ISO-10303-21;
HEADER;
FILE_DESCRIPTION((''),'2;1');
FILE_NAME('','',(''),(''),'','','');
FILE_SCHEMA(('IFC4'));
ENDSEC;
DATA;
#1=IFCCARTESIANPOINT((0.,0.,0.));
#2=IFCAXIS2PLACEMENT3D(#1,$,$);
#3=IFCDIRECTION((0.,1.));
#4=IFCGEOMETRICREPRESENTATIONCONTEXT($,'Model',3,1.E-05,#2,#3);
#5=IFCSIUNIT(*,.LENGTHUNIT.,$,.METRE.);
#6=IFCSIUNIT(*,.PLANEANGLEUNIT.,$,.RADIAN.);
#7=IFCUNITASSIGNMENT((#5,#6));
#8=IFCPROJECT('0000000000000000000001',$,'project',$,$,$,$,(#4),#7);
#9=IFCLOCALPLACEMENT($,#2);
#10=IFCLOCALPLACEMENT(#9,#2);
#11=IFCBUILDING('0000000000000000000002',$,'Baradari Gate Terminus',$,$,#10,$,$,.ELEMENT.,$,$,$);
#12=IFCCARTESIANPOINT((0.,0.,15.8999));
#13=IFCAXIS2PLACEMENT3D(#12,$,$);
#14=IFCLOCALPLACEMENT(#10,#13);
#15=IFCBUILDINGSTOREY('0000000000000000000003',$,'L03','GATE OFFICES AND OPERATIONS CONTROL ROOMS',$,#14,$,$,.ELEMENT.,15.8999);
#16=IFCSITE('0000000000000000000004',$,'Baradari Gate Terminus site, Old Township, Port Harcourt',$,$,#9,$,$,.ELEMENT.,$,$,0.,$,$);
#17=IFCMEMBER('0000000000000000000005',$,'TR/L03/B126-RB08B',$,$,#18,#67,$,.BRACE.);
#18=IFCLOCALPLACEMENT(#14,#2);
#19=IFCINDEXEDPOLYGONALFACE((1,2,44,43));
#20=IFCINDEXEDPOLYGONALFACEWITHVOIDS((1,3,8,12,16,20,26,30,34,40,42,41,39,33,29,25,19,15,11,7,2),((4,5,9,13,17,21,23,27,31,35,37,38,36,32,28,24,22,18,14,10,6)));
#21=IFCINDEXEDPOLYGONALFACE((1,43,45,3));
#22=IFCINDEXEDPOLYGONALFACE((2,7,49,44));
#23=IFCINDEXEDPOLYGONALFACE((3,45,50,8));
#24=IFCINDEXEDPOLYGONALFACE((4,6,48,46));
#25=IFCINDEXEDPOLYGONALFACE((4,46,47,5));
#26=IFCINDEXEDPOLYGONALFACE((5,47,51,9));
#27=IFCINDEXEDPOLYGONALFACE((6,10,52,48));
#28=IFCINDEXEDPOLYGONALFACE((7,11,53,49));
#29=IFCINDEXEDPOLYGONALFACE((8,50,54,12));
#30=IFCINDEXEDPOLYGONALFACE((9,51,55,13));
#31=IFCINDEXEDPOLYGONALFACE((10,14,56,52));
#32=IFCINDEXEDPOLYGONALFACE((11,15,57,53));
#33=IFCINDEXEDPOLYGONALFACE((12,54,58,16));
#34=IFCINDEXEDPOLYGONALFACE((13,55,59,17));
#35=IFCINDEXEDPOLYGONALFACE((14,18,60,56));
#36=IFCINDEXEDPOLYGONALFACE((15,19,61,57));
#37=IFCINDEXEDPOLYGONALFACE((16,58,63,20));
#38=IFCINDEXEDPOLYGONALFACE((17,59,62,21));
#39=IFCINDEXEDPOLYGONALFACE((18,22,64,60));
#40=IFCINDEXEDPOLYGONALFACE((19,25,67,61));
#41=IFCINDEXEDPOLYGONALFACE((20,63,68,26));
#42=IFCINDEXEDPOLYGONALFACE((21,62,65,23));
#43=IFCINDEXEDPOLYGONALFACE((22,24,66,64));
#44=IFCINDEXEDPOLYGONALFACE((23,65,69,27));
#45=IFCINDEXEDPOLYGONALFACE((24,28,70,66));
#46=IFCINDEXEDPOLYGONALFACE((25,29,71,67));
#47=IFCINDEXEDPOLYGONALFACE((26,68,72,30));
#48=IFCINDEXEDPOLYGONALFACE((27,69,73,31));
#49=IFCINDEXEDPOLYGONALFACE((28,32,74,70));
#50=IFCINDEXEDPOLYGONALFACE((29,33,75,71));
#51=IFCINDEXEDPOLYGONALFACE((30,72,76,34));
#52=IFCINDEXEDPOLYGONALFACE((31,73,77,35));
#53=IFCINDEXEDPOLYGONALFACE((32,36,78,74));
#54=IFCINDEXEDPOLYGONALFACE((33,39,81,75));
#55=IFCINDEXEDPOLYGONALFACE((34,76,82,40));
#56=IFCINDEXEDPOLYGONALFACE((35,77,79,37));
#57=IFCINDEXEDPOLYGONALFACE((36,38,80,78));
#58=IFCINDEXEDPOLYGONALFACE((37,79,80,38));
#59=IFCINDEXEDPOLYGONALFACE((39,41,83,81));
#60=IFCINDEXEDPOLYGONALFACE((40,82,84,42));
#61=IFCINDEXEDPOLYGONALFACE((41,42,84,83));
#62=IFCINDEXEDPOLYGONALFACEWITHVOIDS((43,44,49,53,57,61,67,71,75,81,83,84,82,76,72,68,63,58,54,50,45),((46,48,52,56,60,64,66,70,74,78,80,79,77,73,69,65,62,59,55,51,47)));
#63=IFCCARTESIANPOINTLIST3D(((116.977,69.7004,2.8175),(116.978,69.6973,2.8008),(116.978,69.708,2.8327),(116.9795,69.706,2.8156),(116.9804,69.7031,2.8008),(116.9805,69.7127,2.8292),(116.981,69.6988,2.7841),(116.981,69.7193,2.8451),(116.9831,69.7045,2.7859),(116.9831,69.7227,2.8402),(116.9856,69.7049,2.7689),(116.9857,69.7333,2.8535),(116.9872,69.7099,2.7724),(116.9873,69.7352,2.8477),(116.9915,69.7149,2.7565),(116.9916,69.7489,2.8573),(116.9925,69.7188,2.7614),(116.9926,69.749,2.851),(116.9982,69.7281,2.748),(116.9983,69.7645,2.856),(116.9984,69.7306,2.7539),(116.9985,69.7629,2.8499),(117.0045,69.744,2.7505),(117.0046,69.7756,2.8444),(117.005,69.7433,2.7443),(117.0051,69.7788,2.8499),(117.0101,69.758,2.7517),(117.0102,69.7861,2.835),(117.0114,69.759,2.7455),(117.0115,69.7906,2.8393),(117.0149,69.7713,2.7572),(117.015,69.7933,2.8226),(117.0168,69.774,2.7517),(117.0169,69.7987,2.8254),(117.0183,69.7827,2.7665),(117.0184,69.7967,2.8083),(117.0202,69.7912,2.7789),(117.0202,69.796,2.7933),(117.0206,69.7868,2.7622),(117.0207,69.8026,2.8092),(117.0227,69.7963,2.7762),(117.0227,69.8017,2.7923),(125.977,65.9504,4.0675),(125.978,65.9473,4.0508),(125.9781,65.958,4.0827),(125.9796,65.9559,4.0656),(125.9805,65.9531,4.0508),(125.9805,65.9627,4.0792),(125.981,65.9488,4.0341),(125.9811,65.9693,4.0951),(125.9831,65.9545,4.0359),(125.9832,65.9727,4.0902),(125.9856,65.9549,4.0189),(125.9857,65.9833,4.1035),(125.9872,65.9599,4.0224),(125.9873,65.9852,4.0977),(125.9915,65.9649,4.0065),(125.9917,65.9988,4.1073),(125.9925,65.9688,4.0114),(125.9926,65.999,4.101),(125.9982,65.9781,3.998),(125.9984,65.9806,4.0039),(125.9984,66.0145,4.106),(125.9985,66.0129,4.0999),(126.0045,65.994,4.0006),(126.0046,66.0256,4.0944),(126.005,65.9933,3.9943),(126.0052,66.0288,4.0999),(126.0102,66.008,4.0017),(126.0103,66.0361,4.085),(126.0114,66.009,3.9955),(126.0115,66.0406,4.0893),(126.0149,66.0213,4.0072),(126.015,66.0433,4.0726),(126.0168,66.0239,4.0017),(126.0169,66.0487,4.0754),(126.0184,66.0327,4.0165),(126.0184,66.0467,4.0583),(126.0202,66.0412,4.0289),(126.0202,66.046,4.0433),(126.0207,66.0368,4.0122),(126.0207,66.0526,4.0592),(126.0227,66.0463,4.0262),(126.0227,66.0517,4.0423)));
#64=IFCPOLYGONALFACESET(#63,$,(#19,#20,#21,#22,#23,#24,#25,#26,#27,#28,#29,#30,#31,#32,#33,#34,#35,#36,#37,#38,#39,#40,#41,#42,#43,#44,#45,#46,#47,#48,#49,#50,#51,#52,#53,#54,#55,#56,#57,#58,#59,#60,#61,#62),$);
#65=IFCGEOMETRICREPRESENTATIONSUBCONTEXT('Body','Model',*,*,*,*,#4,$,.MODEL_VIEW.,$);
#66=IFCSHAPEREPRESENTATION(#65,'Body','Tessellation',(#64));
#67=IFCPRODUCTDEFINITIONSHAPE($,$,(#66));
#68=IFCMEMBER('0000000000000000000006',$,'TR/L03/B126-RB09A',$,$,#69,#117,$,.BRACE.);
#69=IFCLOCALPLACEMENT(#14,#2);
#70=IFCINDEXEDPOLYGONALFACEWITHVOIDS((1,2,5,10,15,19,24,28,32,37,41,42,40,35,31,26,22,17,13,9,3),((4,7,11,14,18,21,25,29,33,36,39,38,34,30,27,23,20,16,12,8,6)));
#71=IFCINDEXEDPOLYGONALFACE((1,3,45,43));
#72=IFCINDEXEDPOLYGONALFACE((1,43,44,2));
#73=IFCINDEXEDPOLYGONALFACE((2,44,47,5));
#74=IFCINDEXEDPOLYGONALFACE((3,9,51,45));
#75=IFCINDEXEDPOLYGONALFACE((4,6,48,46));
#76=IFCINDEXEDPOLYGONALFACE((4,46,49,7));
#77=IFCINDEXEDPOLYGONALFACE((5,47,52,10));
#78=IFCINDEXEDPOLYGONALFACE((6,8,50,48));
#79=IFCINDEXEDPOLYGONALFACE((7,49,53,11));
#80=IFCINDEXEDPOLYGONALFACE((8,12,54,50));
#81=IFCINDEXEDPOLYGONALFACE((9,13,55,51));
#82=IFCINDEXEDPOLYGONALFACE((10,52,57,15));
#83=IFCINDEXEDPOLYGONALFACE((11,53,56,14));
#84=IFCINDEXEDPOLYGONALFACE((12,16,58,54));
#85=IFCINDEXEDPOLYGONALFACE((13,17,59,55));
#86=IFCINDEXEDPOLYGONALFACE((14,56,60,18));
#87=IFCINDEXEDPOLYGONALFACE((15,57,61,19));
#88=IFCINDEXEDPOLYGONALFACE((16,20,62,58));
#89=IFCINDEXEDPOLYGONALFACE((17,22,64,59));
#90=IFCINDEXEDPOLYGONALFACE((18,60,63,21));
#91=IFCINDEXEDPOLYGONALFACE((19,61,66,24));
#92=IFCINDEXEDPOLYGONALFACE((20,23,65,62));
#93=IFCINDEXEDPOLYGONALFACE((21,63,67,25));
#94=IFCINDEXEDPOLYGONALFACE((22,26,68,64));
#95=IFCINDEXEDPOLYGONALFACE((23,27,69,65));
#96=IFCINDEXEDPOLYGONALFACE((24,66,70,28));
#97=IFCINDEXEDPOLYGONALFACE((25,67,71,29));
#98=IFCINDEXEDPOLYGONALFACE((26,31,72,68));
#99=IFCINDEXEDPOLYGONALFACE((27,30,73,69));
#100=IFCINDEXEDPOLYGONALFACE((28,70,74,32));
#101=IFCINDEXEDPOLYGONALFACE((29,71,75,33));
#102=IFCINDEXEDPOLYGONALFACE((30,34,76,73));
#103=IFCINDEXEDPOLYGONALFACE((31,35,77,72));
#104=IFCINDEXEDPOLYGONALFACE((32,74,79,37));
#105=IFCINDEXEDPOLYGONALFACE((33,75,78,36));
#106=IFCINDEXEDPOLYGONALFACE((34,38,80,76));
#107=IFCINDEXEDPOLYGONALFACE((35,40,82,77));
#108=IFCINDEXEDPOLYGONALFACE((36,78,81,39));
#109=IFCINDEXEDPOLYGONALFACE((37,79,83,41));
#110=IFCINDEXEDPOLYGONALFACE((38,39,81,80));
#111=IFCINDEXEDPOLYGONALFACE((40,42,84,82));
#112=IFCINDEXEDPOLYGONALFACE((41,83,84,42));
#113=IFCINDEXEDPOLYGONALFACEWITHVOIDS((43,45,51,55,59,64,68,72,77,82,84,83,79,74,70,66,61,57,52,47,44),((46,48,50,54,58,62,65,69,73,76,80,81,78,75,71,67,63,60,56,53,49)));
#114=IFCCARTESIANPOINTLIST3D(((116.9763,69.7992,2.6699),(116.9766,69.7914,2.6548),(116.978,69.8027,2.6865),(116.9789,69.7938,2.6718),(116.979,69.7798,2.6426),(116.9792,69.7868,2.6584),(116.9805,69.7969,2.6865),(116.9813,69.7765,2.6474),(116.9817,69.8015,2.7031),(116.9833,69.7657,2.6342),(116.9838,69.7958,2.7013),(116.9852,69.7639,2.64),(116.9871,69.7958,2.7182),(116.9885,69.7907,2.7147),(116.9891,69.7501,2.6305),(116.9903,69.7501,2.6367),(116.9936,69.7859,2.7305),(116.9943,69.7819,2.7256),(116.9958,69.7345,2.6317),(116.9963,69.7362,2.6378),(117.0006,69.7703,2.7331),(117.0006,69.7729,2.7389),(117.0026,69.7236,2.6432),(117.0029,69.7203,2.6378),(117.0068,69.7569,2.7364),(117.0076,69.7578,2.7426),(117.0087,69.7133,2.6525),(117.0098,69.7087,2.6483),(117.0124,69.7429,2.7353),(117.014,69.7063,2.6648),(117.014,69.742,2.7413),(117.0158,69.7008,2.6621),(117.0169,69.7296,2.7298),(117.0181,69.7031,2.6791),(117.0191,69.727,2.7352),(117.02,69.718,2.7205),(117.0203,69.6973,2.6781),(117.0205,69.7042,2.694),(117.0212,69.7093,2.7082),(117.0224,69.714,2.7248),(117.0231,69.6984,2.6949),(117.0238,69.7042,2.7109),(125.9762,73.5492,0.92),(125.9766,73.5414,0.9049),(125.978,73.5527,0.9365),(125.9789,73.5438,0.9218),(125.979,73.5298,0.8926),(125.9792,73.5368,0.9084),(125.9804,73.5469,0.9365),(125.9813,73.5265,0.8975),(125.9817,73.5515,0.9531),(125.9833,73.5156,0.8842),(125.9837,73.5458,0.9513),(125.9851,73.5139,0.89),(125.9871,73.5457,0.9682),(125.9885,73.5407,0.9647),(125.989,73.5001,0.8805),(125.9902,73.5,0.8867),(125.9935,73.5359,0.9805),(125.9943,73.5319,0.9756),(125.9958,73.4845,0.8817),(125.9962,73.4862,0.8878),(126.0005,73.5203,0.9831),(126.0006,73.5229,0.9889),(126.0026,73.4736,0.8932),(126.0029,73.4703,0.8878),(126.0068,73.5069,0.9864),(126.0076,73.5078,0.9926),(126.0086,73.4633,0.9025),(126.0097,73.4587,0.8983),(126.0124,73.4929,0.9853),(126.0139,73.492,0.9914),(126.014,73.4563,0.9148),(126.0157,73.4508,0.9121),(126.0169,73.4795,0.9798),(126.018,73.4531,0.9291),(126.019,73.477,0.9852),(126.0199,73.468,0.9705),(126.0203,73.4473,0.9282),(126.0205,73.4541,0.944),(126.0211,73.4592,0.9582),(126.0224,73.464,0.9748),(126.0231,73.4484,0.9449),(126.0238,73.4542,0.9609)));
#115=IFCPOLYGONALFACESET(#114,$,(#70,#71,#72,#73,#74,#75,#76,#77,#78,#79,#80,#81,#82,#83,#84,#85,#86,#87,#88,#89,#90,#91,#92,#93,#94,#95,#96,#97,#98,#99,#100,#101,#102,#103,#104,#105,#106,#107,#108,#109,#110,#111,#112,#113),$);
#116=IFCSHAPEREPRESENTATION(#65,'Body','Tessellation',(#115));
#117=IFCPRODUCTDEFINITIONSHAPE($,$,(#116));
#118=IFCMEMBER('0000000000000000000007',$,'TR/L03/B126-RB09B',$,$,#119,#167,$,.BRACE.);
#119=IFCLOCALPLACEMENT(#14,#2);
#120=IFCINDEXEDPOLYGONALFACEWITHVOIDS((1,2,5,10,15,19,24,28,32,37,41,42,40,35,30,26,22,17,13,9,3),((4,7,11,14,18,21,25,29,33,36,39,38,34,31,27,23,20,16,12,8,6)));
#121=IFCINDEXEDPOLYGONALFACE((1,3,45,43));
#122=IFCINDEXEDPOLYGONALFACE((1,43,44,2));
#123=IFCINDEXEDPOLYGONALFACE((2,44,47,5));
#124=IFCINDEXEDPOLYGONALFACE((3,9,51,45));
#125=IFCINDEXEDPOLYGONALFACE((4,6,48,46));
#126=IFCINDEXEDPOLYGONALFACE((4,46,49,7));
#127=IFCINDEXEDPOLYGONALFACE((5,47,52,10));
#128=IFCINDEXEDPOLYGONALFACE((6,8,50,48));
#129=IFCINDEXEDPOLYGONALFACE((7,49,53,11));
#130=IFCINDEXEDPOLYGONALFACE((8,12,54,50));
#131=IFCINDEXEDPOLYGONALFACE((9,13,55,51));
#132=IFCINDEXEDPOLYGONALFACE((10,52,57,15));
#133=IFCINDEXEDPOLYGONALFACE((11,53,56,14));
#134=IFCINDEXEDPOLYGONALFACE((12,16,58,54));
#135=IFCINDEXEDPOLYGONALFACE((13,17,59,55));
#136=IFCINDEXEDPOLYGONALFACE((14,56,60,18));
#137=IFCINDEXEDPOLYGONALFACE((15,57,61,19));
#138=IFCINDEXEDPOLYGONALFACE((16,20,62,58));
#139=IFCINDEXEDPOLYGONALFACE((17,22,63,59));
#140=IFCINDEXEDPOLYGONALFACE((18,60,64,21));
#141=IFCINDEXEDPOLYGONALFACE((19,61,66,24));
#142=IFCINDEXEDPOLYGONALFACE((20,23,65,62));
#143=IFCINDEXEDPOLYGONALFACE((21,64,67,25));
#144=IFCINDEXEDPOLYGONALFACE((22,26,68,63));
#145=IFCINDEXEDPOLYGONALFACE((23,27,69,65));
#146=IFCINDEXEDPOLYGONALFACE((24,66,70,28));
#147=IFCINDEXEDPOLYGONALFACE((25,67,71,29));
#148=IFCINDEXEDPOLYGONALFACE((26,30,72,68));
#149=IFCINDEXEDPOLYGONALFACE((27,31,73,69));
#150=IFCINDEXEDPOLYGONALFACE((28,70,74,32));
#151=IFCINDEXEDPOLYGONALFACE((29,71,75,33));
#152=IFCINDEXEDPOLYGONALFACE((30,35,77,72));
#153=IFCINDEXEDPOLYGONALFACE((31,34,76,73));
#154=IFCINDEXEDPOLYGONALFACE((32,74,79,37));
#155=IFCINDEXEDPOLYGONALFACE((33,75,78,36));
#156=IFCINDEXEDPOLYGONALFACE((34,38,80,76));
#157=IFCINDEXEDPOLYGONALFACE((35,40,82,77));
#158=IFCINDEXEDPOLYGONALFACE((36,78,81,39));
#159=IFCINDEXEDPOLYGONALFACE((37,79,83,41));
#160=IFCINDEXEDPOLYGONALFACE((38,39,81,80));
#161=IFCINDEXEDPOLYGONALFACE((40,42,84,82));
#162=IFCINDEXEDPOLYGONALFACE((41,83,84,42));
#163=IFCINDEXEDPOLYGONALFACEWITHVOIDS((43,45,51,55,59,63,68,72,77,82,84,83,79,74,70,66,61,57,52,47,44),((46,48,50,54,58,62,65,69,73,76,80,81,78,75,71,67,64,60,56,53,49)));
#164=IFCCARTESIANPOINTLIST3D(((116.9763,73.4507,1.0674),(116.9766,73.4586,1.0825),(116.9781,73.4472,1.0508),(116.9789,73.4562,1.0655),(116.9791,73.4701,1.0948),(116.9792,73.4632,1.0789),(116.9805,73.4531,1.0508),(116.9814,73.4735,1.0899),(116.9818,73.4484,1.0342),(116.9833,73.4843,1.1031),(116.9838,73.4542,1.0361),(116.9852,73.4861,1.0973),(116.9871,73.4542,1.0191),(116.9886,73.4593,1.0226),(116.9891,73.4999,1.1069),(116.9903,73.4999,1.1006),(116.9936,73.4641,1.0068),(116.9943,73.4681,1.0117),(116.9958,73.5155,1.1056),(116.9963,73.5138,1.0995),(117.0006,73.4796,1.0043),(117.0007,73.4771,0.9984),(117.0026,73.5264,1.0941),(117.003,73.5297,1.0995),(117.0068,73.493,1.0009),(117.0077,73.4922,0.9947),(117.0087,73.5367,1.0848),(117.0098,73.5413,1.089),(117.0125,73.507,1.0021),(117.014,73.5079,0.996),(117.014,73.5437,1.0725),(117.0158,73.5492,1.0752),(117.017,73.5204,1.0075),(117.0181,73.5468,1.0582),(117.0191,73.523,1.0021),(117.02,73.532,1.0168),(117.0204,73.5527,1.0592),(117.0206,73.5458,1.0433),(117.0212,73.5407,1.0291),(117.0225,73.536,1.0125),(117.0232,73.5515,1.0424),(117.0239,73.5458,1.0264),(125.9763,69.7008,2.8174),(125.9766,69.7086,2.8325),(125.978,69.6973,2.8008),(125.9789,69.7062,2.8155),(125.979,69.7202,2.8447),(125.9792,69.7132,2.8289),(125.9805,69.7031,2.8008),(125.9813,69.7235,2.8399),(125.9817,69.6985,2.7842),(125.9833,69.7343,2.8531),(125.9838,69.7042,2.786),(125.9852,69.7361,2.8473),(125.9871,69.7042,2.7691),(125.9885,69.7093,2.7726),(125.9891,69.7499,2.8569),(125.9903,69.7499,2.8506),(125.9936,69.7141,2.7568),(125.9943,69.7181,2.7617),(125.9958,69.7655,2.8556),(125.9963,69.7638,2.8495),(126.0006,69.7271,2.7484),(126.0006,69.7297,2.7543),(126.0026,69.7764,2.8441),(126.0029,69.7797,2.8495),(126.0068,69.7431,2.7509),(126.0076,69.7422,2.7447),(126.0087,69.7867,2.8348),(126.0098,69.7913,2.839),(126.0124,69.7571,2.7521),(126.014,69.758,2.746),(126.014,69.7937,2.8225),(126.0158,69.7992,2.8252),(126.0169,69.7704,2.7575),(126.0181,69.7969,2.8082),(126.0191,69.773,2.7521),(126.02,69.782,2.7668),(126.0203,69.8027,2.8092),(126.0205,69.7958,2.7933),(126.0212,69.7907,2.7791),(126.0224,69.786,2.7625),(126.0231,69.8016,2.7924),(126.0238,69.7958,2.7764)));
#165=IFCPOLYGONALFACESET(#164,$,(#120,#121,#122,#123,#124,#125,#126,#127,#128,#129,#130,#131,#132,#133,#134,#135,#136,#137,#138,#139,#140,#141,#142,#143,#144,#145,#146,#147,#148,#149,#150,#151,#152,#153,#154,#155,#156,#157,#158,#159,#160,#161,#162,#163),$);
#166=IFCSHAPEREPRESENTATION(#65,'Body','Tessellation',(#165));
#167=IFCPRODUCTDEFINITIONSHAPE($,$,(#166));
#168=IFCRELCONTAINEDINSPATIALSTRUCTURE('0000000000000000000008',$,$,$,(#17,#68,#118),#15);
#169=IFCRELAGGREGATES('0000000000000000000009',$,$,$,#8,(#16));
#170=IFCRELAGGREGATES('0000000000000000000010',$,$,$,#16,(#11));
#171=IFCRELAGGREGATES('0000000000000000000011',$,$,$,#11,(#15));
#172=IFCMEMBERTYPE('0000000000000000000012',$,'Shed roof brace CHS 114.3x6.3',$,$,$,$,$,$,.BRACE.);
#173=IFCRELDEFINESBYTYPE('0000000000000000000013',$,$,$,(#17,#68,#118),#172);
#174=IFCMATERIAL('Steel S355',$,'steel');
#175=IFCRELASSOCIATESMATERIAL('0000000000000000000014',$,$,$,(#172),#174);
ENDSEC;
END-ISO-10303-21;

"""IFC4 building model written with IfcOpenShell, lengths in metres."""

from ifc_helpers import new_model, si_unit, direction, frame, origin, origin_2d, place, context, subcontext, project, spatial, hollow_circle, extrude, material, material_profile, profile_set, type_object, element, save


model = new_model("IFC4")

# Units and contexts
model_context = context("Model", 3, precision=1e-05, world=origin(), true_north=direction((0.0, 1.0)))
body_context = subcontext(model_context, "Body", "Model", "MODEL_VIEW")
ifc_project = project(units=[si_unit("LENGTHUNIT", "METRE"), si_unit("PLANEANGLEUNIT", "RADIAN")], contexts=[model_context])

# Site, building, storey
site_placement = place(None, origin())
site = spatial("IfcSite", under=ifc_project, at=site_placement, Name="Baradari Gate Terminus site, Old Township, Port Harcourt", CompositionType="ELEMENT", RefElevation=0.0)
building_placement = place(site_placement, origin())
building = spatial("IfcBuilding", under=site, at=building_placement, Name="Baradari Gate Terminus", CompositionType="ELEMENT")
storey_placement = place(building_placement, frame((0.0, 0.0, 15.8999)))
storey = spatial("IfcBuildingStorey", under=building, at=storey_placement, Name="L03", Description="GATE OFFICES AND OPERATIONS CONTROL ROOMS", CompositionType="ELEMENT", Elevation=15.8999)

# Members
ifc_material_1 = material(Name="Steel S355", Category="steel")
ifc_material_profile_1 = material_profile(ifc_material_1, hollow_circle(Radius=0.0571, WallThickness=0.0063, at=origin_2d()), Name="CHS 114.3x6.3")
ifc_profile_set_1 = profile_set([ifc_material_profile_1], Name="Steel S355")
member_type_1 = type_object("IfcMemberType", Name="Shed roof brace CHS 114.3x6.3", PredefinedType="BRACE", material=ifc_profile_set_1)
for number, where, z_axis, x_axis, name in (
    (1, (126.0, 66.0, 4.0508), (-0.915583, 0.381493, -0.127164), (-0.384615, -0.923077, 0.0), "TR/L03/B126-RB08B"),
):
    element("IfcMember", number, at=place(storey_placement, frame(where, z_axis=z_axis, x_axis=x_axis)), inside=storey, type_object=member_type_1, Name=name, PredefinedType="BRACE", context=body_context, shape_type="SweptSolid", body=[
        extrude(hollow_circle(Radius=0.0571, WallThickness=0.0063, at=origin_2d()), origin(), (0.0, 0.0, 1.0), 9.8298),
    ])
for number, where, z_axis, x_axis, name in (
    (2, (117.0, 69.75, 2.6865), (0.908558, 0.378566, -0.176664), (-0.384615, 0.923077, 0.0), "TR/L03/B126-RB09A"),
    (3, (126.0, 69.75, 2.8008), (-0.908558, 0.378566, -0.176664), (-0.384615, -0.923077, 0.0), "TR/L03/B126-RB09B"),
):
    element("IfcMember", number, at=place(storey_placement, frame(where, z_axis=z_axis, x_axis=x_axis)), inside=storey, type_object=member_type_1, Name=name, PredefinedType="BRACE", context=body_context, shape_type="SweptSolid", body=[
        extrude(hollow_circle(Radius=0.0571, WallThickness=0.0063, at=origin_2d()), origin(), (0.0, 0.0, 1.0), 9.9058),
    ])

save(model, "model.ifc")
